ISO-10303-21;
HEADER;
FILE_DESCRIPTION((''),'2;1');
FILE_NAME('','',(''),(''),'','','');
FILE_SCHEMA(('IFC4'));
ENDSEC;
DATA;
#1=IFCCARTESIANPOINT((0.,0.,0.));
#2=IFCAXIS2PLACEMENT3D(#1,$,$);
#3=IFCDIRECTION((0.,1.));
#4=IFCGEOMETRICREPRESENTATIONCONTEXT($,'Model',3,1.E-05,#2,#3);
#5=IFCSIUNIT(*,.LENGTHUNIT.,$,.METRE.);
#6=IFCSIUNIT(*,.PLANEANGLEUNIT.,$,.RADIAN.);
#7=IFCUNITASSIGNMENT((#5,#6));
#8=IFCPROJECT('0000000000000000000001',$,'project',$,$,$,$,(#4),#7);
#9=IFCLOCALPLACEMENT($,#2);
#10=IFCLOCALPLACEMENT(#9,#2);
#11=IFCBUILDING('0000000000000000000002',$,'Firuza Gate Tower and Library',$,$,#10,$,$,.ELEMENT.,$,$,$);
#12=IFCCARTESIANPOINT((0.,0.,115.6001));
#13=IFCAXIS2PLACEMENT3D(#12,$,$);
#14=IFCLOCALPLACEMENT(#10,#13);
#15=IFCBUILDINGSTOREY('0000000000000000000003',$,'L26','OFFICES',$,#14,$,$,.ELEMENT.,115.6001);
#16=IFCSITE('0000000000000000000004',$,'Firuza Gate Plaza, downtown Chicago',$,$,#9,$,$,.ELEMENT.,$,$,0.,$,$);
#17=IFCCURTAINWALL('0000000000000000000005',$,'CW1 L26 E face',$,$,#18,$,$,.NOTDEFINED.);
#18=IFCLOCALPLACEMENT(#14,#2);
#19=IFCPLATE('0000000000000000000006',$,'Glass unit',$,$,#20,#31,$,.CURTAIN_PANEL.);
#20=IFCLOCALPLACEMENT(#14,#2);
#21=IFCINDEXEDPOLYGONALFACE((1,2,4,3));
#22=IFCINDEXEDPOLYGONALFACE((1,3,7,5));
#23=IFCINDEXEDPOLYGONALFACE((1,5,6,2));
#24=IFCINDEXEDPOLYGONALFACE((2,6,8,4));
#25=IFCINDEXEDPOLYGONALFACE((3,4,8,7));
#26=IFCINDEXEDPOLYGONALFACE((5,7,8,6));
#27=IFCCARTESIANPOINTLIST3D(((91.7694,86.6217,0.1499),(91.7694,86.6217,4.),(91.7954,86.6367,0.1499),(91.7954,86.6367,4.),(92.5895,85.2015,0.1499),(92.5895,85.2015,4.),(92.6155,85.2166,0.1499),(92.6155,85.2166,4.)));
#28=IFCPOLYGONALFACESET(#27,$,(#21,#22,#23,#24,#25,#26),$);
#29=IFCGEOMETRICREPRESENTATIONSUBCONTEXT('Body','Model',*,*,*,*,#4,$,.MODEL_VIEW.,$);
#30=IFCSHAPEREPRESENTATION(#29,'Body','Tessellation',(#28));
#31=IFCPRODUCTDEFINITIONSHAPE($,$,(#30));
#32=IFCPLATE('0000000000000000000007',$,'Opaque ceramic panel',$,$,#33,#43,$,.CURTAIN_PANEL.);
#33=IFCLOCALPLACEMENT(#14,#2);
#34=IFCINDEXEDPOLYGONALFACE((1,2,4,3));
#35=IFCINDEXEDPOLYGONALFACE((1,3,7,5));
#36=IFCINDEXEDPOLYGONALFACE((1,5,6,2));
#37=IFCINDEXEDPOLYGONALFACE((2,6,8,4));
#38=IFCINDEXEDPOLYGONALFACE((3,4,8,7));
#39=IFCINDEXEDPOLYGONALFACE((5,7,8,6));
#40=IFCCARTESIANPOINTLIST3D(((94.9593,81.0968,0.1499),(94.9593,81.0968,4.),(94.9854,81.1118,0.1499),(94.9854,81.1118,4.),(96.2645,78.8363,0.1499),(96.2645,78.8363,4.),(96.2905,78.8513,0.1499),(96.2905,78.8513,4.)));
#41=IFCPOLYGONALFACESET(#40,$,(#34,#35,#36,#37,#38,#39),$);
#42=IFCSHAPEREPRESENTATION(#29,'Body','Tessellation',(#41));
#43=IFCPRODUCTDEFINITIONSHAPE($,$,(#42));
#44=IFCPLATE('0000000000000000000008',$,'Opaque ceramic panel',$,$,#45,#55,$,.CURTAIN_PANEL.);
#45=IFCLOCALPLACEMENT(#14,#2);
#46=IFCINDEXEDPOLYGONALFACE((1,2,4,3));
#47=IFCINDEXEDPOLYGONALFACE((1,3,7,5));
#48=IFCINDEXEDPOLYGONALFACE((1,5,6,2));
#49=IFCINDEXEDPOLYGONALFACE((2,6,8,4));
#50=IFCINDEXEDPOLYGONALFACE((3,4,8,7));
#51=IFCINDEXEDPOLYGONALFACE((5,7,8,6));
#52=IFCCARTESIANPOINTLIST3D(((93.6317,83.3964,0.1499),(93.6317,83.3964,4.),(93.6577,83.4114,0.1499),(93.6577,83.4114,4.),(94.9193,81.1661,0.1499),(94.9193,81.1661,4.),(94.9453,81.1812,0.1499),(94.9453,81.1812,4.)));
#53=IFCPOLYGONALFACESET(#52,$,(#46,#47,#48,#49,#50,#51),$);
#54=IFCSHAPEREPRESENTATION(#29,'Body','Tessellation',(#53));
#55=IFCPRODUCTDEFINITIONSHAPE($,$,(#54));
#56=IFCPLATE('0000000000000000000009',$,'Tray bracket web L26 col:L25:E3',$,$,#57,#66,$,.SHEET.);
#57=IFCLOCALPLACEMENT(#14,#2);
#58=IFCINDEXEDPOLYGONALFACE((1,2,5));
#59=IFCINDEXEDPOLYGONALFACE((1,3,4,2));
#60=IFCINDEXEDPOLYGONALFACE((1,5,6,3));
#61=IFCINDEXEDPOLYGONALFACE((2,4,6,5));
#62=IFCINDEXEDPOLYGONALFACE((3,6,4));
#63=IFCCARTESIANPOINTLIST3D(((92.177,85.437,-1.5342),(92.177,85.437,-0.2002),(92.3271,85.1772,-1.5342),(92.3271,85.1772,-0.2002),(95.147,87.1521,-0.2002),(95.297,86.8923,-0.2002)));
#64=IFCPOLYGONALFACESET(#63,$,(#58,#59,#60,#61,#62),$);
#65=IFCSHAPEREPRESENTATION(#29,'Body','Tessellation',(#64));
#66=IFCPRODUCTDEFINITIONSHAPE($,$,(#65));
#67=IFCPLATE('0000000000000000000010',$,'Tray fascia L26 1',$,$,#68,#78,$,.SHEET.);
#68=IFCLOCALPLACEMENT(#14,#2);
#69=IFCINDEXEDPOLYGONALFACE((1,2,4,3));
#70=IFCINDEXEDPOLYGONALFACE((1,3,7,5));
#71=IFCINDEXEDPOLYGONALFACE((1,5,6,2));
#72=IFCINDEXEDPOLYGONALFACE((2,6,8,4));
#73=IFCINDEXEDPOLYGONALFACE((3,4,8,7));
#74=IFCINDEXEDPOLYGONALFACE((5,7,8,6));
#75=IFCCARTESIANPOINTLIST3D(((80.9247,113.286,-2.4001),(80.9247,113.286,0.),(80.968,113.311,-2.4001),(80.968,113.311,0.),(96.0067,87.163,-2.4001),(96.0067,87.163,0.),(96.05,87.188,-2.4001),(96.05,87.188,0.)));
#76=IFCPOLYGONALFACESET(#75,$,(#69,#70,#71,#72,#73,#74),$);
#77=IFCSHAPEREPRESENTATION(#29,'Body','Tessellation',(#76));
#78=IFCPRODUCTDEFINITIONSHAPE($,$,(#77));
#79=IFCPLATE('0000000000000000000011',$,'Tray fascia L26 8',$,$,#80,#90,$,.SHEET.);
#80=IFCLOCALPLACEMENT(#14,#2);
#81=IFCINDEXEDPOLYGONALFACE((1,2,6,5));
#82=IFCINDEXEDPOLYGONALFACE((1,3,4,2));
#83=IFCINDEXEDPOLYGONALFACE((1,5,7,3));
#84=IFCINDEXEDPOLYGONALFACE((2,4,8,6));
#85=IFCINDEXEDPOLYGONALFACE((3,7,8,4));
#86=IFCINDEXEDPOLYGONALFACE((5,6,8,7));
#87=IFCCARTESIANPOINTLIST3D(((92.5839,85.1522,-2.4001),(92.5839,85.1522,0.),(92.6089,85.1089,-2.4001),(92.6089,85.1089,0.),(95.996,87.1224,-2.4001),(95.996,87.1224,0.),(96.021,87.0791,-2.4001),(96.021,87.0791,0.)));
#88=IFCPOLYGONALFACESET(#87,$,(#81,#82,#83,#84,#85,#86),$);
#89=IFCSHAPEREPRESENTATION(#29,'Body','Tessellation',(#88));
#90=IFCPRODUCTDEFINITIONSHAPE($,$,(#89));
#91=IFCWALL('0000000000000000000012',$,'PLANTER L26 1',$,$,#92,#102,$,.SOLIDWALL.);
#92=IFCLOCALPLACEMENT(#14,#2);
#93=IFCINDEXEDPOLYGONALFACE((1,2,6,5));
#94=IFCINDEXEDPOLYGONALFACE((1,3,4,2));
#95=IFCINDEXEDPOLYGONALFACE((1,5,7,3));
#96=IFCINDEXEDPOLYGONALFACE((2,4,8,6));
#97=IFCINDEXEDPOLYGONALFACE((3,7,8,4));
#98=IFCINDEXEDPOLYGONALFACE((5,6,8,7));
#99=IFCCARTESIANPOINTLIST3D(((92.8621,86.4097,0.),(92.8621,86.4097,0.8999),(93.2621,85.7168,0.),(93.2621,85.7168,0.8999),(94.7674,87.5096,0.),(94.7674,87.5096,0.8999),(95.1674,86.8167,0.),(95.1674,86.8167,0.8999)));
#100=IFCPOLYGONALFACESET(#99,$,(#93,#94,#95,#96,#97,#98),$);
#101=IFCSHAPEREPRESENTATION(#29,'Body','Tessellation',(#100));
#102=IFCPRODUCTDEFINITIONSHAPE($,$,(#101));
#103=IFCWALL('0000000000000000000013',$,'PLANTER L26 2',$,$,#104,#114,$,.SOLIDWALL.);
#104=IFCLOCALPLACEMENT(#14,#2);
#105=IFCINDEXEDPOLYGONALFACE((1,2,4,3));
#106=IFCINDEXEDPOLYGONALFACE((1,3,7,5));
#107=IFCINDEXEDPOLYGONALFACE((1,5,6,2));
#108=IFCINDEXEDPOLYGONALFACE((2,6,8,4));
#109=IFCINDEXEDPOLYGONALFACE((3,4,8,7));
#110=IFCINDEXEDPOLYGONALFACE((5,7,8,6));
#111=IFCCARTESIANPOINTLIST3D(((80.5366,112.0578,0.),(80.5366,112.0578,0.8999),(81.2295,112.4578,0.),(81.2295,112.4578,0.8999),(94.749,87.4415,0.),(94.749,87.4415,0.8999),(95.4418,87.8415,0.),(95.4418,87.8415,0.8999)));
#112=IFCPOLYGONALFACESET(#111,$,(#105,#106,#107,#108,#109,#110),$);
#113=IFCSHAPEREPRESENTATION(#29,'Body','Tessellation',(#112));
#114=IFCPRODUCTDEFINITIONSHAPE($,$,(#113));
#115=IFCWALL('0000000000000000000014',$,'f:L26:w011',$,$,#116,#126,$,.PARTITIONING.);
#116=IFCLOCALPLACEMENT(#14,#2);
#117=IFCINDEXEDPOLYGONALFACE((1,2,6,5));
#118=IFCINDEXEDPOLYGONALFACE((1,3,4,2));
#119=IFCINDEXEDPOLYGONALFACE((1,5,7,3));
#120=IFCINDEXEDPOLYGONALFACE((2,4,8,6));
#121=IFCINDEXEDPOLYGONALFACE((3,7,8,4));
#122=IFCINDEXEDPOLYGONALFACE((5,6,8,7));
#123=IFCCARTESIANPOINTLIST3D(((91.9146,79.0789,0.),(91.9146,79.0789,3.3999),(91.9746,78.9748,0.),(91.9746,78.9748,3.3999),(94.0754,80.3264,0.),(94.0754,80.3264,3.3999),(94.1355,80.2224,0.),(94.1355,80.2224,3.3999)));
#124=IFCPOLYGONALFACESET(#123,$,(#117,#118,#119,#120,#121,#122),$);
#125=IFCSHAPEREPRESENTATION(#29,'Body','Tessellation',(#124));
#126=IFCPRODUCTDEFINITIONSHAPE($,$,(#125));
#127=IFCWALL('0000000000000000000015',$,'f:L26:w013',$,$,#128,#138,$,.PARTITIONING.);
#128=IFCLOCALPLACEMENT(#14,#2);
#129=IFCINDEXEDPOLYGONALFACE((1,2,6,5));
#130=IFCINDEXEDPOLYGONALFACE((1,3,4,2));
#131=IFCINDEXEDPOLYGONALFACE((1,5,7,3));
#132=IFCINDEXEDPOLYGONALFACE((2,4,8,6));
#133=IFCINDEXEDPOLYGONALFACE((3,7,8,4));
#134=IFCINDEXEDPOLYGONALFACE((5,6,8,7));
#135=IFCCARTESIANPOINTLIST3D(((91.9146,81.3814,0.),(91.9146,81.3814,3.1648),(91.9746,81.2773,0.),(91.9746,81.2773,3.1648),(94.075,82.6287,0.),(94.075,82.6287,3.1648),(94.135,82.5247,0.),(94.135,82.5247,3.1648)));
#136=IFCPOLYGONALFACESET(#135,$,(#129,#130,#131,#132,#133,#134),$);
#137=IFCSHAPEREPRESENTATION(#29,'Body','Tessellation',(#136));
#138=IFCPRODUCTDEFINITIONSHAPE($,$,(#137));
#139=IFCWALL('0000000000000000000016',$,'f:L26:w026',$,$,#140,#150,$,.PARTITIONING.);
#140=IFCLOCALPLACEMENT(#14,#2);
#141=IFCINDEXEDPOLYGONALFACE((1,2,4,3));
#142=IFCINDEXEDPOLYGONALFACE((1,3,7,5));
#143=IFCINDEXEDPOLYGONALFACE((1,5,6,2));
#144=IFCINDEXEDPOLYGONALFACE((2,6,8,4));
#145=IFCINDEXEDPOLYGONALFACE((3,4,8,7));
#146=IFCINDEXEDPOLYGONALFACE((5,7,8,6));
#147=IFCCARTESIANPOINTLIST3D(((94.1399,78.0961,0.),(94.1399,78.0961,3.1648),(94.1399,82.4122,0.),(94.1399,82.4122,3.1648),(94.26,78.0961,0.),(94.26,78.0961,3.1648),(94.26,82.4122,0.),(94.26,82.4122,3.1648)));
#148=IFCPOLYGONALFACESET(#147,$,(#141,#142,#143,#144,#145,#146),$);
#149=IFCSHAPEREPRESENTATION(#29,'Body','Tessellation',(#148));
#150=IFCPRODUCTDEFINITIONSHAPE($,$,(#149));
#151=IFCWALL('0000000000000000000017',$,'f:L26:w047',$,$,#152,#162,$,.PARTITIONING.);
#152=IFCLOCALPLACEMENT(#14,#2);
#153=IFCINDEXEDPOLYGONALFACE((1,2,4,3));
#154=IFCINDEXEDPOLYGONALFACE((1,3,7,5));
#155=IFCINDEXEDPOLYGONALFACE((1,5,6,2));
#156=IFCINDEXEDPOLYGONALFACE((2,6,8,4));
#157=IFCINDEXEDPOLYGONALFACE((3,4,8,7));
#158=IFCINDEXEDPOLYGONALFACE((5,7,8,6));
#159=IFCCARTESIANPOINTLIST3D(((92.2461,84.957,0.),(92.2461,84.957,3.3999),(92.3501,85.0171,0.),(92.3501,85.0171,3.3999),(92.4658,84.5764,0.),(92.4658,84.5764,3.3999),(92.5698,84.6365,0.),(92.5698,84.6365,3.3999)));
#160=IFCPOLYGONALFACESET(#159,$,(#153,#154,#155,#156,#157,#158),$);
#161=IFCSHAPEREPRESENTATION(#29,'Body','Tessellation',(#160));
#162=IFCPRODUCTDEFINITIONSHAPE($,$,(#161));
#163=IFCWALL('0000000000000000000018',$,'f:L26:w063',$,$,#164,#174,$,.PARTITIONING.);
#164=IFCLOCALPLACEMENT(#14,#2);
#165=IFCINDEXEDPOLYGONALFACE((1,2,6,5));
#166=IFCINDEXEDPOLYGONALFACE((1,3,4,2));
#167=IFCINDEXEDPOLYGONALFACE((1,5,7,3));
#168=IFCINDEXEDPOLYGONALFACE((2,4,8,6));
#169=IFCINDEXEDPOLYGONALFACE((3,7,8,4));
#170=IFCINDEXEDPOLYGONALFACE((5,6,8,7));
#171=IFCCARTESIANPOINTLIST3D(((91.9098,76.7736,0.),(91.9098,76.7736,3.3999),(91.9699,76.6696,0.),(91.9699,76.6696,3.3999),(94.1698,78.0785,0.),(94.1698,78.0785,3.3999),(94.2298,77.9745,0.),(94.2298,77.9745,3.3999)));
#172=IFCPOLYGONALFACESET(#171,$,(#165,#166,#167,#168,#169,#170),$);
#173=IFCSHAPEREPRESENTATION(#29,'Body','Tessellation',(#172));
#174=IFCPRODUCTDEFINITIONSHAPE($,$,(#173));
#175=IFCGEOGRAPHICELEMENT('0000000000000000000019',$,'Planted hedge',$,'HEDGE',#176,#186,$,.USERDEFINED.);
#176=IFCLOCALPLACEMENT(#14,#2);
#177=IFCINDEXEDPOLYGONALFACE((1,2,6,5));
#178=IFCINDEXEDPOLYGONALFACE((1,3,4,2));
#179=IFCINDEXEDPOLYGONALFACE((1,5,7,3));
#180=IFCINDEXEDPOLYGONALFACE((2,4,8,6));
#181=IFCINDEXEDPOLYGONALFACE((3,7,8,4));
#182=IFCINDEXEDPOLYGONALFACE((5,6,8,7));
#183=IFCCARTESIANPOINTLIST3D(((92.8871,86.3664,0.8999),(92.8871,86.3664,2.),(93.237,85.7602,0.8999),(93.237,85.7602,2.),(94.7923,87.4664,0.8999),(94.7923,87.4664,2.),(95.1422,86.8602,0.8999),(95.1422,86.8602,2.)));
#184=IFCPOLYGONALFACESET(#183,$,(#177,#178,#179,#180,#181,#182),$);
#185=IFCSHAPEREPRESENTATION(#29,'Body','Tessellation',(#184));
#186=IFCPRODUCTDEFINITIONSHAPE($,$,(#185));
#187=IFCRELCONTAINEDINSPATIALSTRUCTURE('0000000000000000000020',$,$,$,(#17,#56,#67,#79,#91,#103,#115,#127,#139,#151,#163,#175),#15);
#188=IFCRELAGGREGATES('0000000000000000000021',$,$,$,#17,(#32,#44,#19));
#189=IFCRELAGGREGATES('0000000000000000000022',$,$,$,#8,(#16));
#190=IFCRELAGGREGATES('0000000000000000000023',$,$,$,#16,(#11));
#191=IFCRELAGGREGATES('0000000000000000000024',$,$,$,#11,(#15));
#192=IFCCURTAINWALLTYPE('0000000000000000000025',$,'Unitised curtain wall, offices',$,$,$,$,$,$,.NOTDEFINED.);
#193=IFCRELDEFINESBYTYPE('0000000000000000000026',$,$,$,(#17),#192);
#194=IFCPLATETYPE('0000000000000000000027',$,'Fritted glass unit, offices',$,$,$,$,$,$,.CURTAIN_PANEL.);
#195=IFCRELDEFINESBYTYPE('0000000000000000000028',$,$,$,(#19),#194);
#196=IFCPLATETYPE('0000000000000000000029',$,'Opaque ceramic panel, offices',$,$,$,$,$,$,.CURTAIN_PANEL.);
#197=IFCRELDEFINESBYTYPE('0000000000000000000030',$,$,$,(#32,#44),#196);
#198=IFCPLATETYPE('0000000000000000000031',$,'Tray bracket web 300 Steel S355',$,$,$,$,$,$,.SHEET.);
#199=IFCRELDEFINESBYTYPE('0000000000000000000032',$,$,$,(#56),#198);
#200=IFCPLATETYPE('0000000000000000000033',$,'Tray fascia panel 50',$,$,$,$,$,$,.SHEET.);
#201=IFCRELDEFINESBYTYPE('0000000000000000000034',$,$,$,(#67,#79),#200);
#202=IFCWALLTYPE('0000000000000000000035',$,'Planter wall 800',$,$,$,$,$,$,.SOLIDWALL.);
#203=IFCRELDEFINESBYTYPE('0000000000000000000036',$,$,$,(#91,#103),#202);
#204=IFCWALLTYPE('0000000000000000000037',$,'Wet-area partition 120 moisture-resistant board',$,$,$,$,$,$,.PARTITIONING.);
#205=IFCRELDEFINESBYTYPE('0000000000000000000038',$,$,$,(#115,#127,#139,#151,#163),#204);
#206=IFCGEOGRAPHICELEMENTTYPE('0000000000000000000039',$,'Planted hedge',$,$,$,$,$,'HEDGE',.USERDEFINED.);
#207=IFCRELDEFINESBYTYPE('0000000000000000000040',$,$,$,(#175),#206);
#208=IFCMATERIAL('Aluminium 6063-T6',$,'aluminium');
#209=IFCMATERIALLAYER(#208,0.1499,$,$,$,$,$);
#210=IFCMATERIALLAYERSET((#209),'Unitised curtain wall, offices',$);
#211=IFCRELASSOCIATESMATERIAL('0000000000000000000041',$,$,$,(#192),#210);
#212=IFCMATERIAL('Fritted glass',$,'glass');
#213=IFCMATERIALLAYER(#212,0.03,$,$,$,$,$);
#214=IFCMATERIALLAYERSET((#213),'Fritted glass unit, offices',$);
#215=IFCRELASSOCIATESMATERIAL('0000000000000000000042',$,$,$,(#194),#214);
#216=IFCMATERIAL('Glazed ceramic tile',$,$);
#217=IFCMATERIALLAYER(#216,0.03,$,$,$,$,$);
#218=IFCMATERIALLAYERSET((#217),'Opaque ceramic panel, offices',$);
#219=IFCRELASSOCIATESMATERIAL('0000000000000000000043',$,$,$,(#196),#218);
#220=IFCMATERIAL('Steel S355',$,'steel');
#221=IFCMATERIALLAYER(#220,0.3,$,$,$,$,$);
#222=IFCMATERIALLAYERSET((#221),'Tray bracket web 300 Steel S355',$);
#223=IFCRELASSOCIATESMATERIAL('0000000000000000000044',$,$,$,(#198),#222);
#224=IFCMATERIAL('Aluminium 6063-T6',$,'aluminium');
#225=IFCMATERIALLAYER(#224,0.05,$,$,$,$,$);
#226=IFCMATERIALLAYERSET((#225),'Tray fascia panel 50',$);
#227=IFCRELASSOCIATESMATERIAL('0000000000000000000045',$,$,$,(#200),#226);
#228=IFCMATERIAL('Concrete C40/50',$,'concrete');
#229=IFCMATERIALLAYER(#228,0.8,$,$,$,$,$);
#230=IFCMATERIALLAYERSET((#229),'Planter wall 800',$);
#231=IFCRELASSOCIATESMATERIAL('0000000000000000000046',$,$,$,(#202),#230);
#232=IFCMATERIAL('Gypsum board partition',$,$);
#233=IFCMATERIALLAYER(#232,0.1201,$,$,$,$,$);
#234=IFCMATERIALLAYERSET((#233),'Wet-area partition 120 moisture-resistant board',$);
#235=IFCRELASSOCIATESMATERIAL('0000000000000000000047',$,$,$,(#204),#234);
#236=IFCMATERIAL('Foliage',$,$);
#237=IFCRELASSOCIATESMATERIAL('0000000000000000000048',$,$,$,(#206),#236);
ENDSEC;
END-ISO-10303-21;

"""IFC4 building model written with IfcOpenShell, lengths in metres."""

from ifc_helpers import new_model, si_unit, direction, frame, frame_2d, origin, origin_2d, place, context, subcontext, project, spatial, polyline, rectangle, outline, extrude, material, layer, layer_set, type_object, element, aggregate, save


model = new_model("IFC4")

# Units and contexts
model_context = context("Model", 3, precision=1e-05, world=origin(), true_north=direction((0.0, 1.0)))
body_context = subcontext(model_context, "Body", "Model", "MODEL_VIEW")
ifc_project = project(units=[si_unit("LENGTHUNIT", "METRE"), si_unit("PLANEANGLEUNIT", "RADIAN")], contexts=[model_context])

# Site, building, storey
site_placement = place(None, origin())
site = spatial("IfcSite", under=ifc_project, at=site_placement, Name="Firuza Gate Plaza, downtown Chicago", CompositionType="ELEMENT", RefElevation=0.0)
building_placement = place(site_placement, origin())
building = spatial("IfcBuilding", under=site, at=building_placement, Name="Firuza Gate Tower and Library", CompositionType="ELEMENT")
storey_placement = place(building_placement, frame((0.0, 0.0, 115.6001)))
storey = spatial("IfcBuildingStorey", under=building, at=storey_placement, Name="L26", Description="OFFICES", CompositionType="ELEMENT", Elevation=115.6001)

# Curtain wall
ifc_material_1 = material(Name="Aluminium 6063-T6", Category="aluminium")
ifc_layer_1 = layer(ifc_material_1, 0.1499)
ifc_layer_set_1 = layer_set([ifc_layer_1], Name="Unitised curtain wall, offices")
curtain_wall_type = type_object("IfcCurtainWallType", Name="Unitised curtain wall, offices", PredefinedType="NOTDEFINED", material=ifc_layer_set_1)
curtain_wall_placement = place(storey_placement, origin())
curtain_wall = element("IfcCurtainWall", 1, at=curtain_wall_placement, inside=storey, type_object=curtain_wall_type, Name="CW1 L26 E face", PredefinedType="NOTDEFINED")

# Plates
ifc_material_2 = material(Name="Fritted glass", Category="glass")
ifc_layer_2 = layer(ifc_material_2, 0.03)
ifc_layer_set_2 = layer_set([ifc_layer_2], Name="Fritted glass unit, offices")
plate_type_1 = type_object("IfcPlateType", Name="Fritted glass unit, offices", PredefinedType="CURTAIN_PANEL", material=ifc_layer_set_2)
plate_1_placement = place(storey_placement, frame((92.6155, 85.2166, 0.1499), z_axis=(0.86599, 0.500062, 0.0), x_axis=(-0.500062, 0.86599, 0.0)))
plate_1 = element("IfcPlate", 2, at=plate_1_placement, type_object=plate_type_1, Name="Glass unit", PredefinedType="CURTAIN_PANEL", context=body_context, shape_type="SweptSolid", body=[
    extrude(outline(polyline([(0.0, 0.0), (1.6399, 0.0), (1.6399, 3.8501), (0.0, 3.8501), (0.0, 0.0)])), origin(), (0.0, 0.0, -1.0), 0.03),
])
ifc_material_3 = material(Name="Glazed ceramic tile")
ifc_layer_3 = layer(ifc_material_3, 0.03)
ifc_layer_set_3 = layer_set([ifc_layer_3], Name="Opaque ceramic panel, offices")
plate_type_2 = type_object("IfcPlateType", Name="Opaque ceramic panel, offices", PredefinedType="CURTAIN_PANEL", material=ifc_layer_set_3)
plate_2_placement = place(storey_placement, frame((96.2905, 78.8513, 0.1499), z_axis=(0.866013, 0.500022, 0.0), x_axis=(-0.500022, 0.866013, 0.0)))
plate_2 = element("IfcPlate", 3, at=plate_2_placement, type_object=plate_type_2, Name="Opaque ceramic panel", PredefinedType="CURTAIN_PANEL", context=body_context, shape_type="SweptSolid", body=[
    extrude(outline(polyline([(0.0, 0.0), (2.6102, 0.0), (2.6102, 3.8501), (0.0, 3.8501), (0.0, 0.0)])), origin(), (0.0, 0.0, -1.0), 0.03),
])
plate_3_placement = place(storey_placement, frame((94.9453, 81.1812, 0.1499), z_axis=(0.866029, 0.499993, 0.0), x_axis=(-0.499993, 0.866029, 0.0)))
plate_3 = element("IfcPlate", 4, at=plate_3_placement, type_object=plate_type_2, Name="Opaque ceramic panel", PredefinedType="CURTAIN_PANEL", context=body_context, shape_type="SweptSolid", body=[
    extrude(outline(polyline([(0.0, 0.0), (2.5752, 0.0), (2.5752, 3.8501), (0.0, 3.8501), (0.0, 0.0)])), origin(), (0.0, 0.0, -1.0), 0.03),
])
aggregate(curtain_wall, [plate_2, plate_3, plate_1])

# Plates
ifc_material_4 = material(Name="Steel S355", Category="steel")
ifc_layer_4 = layer(ifc_material_4, 0.3)
ifc_layer_set_4 = layer_set([ifc_layer_4], Name="Tray bracket web 300 Steel S355")
plate_type_3 = type_object("IfcPlateType", Name="Tray bracket web 300 Steel S355", PredefinedType="SHEET", material=ifc_layer_set_4)
plate_4_placement = place(storey_placement, frame((92.177, 85.437, -0.2002), z_axis=(-0.500082, 0.865978, 0.0), x_axis=(0.865978, 0.500082, 0.0)))
element("IfcPlate", 5, at=plate_4_placement, inside=storey, type_object=plate_type_3, Name="Tray bracket web L26 col:L25:E3", PredefinedType="SHEET", context=body_context, shape_type="SweptSolid", body=[
    extrude(outline(polyline([(0.0, 0.0), (3.4296, 0.0), (0.0, 1.334), (0.0, 0.0)])), origin(), (0.0, 0.0, -1.0), 0.3),
])
ifc_material_5 = material(Name="Aluminium 6063-T6", Category="aluminium")
ifc_layer_5 = layer(ifc_material_5, 0.05)
ifc_layer_set_5 = layer_set([ifc_layer_5], Name="Tray fascia panel 50")
plate_type_4 = type_object("IfcPlateType", Name="Tray fascia panel 50", PredefinedType="SHEET", material=ifc_layer_set_5)
plate_5_placement = place(storey_placement, frame((96.05, 87.188, -2.4001), z_axis=(0.866027, 0.499997, 0.0), x_axis=(-0.499997, 0.866027, 0.0)))
element("IfcPlate", 6, at=plate_5_placement, inside=storey, type_object=plate_type_4, Name="Tray fascia L26 1", PredefinedType="SHEET", context=body_context, shape_type="SweptSolid", body=[
    extrude(outline(polyline([(0.0, 0.0), (30.1642, 0.0), (30.1642, 2.4001), (0.0, 2.4001), (0.0, 0.0)])), origin(), (0.0, 0.0, -1.0), 0.05),
])
plate_6_placement = place(storey_placement, frame((92.6089, 85.1089, -2.4001), z_axis=(0.500044, -0.866, 0.0), x_axis=(0.866, 0.500044, 0.0)))
element("IfcPlate", 7, at=plate_6_placement, inside=storey, type_object=plate_type_4, Name="Tray fascia L26 8", PredefinedType="SHEET", context=body_context, shape_type="SweptSolid", body=[
    extrude(outline(polyline([(0.0, 0.0), (3.9401, 0.0), (3.9401, 2.4001), (0.0, 2.4001), (0.0, 0.0)])), origin(), (0.0, 0.0, -1.0), 0.05),
])

# Walls
ifc_material_6 = material(Name="Concrete C40/50", Category="concrete")
ifc_layer_6 = layer(ifc_material_6, 0.8)
ifc_layer_set_6 = layer_set([ifc_layer_6], Name="Planter wall 800")
wall_type_1 = type_object("IfcWallType", Name="Planter wall 800", PredefinedType="SOLIDWALL", material=ifc_layer_set_6)
wall_1_placement = place(storey_placement, frame((93.062, 86.0632, 0.0), z_axis=(0.0, 0.0, 1.0), x_axis=(0.866056, 0.499947, 0.0)))
element("IfcWall", 8, at=wall_1_placement, inside=storey, type_object=wall_type_1, Name="PLANTER L26 1", PredefinedType="SOLIDWALL", context=body_context, shape_type="SweptSolid", body=[
    extrude(rectangle(XDim=2.2, YDim=0.8, at=frame_2d((1.1001, 0.0))), origin(), (0.0, 0.0, 1.0), 0.8999),
])
wall_2_placement = place(storey_placement, frame((95.0955, 87.6414, 0.0), z_axis=(0.0, 0.0, 1.0), x_axis=(-0.500002, 0.866024, 0.0)))
element("IfcWall", 9, at=wall_2_placement, inside=storey, type_object=wall_type_1, Name="PLANTER L26 2", PredefinedType="SOLIDWALL", context=body_context, shape_type="SweptSolid", body=[
    extrude(rectangle(XDim=28.4246, YDim=0.8, at=frame_2d((14.2124, 0.0))), origin(), (0.0, 0.0, 1.0), 0.8999),
])
ifc_material_7 = material(Name="Gypsum board partition")
ifc_layer_7 = layer(ifc_material_7, 0.1201)
ifc_layer_set_7 = layer_set([ifc_layer_7], Name="Wet-area partition 120 moisture-resistant board")
wall_type_2 = type_object("IfcWallType", Name="Wet-area partition 120 moisture-resistant board", PredefinedType="PARTITIONING", material=ifc_layer_set_7)
wall_3_placement = place(storey_placement, frame((91.9446, 79.0269, 0.0), z_axis=(0.0, 0.0, 1.0), x_axis=(0.866031, 0.499991, 0.0)))
element("IfcWall", 10, at=wall_3_placement, inside=storey, type_object=wall_type_2, Name="f:L26:w011", PredefinedType="PARTITIONING", context=body_context, shape_type="SweptSolid", body=[
    extrude(rectangle(XDim=2.4951, YDim=0.1201, at=frame_2d((1.2476, 0.0))), origin(), (0.0, 0.0, 1.0), 3.3999),
])
wall_4_placement = place(storey_placement, frame((91.9446, 81.3293, 0.0), z_axis=(0.0, 0.0, 1.0), x_axis=(0.866024, 0.500002, 0.0)))
element("IfcWall", 11, at=wall_4_placement, inside=storey, type_object=wall_type_2, Name="f:L26:w013", PredefinedType="PARTITIONING", context=body_context, shape_type="SweptSolid", body=[
    extrude(rectangle(XDim=2.4946, YDim=0.1201, at=frame_2d((1.2473, 0.0))), origin(), (0.0, 0.0, 1.0), 3.1648),
])
wall_5_placement = place(storey_placement, frame((94.2, 78.0959, 0.0), z_axis=(0.0, 0.0, 1.0), x_axis=(0.0, 1.0, 0.0)))
element("IfcWall", 12, at=wall_5_placement, inside=storey, type_object=wall_type_2, Name="f:L26:w026", PredefinedType="PARTITIONING", context=body_context, shape_type="SweptSolid", body=[
    extrude(rectangle(XDim=4.3162, YDim=0.1201, at=frame_2d((2.1582, 0.0))), origin(), (0.0, 0.0, 1.0), 3.1648),
])
wall_6_placement = place(storey_placement, frame((92.5178, 84.6064, 0.0), z_axis=(0.0, 0.0, 1.0), x_axis=(-0.499963, 0.866047, 0.0)))
element("IfcWall", 13, at=wall_6_placement, inside=storey, type_object=wall_type_2, Name="f:L26:w047", PredefinedType="PARTITIONING", context=body_context, shape_type="SweptSolid", body=[
    extrude(rectangle(XDim=0.4395, YDim=0.1201, at=frame_2d((0.2197, 0.0))), origin(), (0.0, 0.0, 1.0), 3.3999),
])
wall_7_placement = place(storey_placement, frame((91.9399, 76.7217, 0.0), z_axis=(0.0, 0.0, 1.0), x_axis=(0.866006, 0.500033, 0.0)))
element("IfcWall", 14, at=wall_7_placement, inside=storey, type_object=wall_type_2, Name="f:L26:w063", PredefinedType="PARTITIONING", context=body_context, shape_type="SweptSolid", body=[
    extrude(rectangle(XDim=2.6096, YDim=0.1201, at=frame_2d((1.3047, 0.0))), origin(), (0.0, 0.0, 1.0), 3.3999),
])

# Geographic element
ifc_material_8 = material(Name="Foliage")
geographic_element_type = type_object("IfcGeographicElementType", Name="Planted hedge", ElementType="HEDGE", PredefinedType="USERDEFINED", material=ifc_material_8)
geographic_element_placement = place(storey_placement, frame((94.0146, 86.6133, 0.8999), z_axis=(0.0, 0.0, 1.0), x_axis=(0.866025, 0.5, 0.0)))
element("IfcGeographicElement", 15, at=geographic_element_placement, inside=storey, type_object=geographic_element_type, Name="Planted hedge", ObjectType="HEDGE", PredefinedType="USERDEFINED", context=body_context, shape_type="SweptSolid", body=[
    extrude(rectangle(XDim=2.2, YDim=0.7, at=origin_2d()), origin(), (0.0, 0.0, 1.0), 1.1001),
])

save(model, "model.ifc")
